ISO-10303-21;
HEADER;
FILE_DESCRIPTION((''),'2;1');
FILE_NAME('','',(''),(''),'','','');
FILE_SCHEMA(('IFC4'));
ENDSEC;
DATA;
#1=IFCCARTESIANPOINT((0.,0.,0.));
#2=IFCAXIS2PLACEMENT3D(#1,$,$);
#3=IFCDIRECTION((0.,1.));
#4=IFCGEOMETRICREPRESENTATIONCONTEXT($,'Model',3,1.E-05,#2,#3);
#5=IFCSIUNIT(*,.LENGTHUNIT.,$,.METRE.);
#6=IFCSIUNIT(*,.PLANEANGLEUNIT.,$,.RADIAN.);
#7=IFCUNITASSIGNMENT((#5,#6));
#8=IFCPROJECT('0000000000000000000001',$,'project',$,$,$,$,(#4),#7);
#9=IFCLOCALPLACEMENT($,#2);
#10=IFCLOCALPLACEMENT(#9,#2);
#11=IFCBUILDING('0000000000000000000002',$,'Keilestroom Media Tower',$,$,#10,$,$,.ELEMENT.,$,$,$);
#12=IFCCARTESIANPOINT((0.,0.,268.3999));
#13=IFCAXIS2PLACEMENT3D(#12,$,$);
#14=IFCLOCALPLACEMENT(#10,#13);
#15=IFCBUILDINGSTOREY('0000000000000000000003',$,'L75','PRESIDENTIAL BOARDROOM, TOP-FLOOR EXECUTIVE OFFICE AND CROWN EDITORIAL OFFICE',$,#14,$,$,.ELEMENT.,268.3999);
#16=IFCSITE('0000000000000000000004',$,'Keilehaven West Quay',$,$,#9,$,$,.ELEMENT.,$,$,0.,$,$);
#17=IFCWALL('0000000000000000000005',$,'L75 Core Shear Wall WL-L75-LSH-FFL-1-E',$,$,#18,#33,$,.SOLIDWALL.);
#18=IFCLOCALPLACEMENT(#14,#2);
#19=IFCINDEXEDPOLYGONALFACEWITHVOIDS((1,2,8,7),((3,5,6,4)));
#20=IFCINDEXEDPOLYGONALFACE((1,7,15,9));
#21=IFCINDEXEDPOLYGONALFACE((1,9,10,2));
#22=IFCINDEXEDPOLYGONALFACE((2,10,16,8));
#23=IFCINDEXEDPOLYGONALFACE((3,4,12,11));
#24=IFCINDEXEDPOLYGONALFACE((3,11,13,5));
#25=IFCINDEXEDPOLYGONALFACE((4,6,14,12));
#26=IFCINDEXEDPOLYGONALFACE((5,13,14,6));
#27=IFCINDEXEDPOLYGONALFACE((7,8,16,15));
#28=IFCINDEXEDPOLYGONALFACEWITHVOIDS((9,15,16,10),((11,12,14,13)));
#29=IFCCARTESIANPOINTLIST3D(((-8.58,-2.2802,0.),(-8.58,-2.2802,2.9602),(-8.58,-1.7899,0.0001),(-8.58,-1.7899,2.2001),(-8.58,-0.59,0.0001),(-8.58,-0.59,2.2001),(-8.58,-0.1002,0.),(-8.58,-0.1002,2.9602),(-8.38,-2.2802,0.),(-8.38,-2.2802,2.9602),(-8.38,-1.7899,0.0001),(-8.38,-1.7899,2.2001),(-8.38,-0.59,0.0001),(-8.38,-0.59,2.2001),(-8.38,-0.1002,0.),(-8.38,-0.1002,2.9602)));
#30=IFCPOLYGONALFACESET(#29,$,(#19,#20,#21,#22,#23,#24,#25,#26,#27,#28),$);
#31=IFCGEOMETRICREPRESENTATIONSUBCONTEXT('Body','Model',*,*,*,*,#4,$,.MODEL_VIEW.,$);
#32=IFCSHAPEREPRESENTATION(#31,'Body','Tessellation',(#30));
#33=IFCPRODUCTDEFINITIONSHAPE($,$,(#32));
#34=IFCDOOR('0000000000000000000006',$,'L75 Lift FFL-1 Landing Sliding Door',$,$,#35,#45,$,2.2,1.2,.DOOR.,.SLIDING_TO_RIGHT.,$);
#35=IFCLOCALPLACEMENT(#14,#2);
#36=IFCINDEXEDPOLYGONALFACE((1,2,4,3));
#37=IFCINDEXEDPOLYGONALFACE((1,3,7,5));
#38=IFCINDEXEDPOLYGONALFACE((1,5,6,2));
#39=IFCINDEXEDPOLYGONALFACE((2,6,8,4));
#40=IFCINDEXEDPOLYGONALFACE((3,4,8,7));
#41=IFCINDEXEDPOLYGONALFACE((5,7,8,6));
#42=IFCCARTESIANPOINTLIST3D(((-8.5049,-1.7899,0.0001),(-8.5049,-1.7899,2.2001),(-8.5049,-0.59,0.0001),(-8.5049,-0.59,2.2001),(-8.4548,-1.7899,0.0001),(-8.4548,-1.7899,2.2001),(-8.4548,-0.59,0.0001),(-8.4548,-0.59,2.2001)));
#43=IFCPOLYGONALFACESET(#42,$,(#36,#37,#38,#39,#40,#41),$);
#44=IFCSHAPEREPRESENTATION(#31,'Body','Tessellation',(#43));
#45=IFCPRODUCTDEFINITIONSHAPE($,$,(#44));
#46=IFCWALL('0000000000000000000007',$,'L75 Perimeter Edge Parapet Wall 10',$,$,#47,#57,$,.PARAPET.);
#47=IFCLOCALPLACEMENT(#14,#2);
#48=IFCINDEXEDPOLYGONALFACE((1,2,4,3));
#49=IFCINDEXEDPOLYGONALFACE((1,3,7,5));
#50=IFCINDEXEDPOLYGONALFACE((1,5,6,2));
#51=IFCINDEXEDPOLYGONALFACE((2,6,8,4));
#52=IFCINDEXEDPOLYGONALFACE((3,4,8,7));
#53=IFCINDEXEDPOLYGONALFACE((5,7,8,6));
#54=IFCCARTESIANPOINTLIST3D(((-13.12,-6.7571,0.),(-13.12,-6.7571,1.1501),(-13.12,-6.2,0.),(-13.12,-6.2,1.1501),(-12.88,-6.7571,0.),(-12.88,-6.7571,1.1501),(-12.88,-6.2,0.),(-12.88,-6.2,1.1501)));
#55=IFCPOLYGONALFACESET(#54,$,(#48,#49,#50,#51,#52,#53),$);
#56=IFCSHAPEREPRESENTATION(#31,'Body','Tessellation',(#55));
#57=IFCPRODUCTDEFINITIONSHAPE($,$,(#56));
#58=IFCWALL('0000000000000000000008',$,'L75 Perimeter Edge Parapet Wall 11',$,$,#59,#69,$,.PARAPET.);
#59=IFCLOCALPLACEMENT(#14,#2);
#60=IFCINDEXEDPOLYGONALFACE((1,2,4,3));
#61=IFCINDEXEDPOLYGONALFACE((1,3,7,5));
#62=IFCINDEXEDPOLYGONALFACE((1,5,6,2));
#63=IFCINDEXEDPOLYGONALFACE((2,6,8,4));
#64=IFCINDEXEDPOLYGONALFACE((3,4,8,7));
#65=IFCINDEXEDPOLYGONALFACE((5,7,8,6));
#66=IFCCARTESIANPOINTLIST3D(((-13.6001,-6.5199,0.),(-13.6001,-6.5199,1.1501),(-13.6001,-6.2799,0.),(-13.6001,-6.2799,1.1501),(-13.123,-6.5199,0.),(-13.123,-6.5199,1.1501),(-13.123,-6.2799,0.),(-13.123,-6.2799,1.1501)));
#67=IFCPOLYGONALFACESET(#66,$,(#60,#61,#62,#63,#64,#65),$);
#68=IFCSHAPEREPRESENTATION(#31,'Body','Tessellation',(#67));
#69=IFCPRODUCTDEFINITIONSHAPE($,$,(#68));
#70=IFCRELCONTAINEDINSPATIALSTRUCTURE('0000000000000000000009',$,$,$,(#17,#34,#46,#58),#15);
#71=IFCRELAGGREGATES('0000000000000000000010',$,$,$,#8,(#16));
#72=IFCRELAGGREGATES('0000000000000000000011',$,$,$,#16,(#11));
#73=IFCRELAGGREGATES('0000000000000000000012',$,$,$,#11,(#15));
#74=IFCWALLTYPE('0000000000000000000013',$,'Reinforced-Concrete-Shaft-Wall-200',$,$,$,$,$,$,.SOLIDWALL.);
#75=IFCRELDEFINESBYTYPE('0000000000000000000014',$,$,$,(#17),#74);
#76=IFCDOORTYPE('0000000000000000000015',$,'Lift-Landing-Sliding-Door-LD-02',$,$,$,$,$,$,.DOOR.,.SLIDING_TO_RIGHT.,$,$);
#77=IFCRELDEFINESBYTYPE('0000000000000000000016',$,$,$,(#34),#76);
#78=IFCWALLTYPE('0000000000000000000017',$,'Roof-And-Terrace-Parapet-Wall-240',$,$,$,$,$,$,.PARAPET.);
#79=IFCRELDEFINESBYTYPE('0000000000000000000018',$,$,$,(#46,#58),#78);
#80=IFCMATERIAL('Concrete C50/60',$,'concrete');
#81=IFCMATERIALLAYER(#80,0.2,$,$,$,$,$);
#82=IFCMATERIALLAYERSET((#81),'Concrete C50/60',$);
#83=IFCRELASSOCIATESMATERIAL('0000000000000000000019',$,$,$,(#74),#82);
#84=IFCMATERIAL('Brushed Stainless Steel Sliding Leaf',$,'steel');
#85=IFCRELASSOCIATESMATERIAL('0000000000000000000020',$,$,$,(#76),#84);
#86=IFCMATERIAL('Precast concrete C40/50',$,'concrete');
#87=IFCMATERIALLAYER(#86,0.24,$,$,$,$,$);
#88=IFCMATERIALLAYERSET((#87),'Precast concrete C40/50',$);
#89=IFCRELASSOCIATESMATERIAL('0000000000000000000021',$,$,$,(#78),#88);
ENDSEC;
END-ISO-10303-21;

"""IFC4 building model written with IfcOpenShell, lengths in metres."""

from ifc_helpers import new_model, si_unit, direction, frame, frame_2d, origin, place, context, subcontext, project, spatial, rectangle, extrude, source, transform, mapped, material, layer, layer_set, type_object, element, fill, save


model = new_model("IFC4")

# Units and contexts
model_context = context("Model", 3, precision=1e-05, world=origin(), true_north=direction((0.0, 1.0)))
body_context = subcontext(model_context, "Body", "Model", "MODEL_VIEW")
ifc_project = project(units=[si_unit("LENGTHUNIT", "METRE"), si_unit("PLANEANGLEUNIT", "RADIAN")], contexts=[model_context])

# Site, building, storey
site_placement = place(None, origin())
site = spatial("IfcSite", under=ifc_project, at=site_placement, Name="Keilehaven West Quay", CompositionType="ELEMENT", RefElevation=0.0)
building_placement = place(site_placement, origin())
building = spatial("IfcBuilding", under=site, at=building_placement, Name="Keilestroom Media Tower", CompositionType="ELEMENT")
storey_placement = place(building_placement, frame((0.0, 0.0, 268.3999)))
storey = spatial("IfcBuildingStorey", under=building, at=storey_placement, Name="L75", Description="PRESIDENTIAL BOARDROOM, TOP-FLOOR EXECUTIVE OFFICE AND CROWN EDITORIAL OFFICE", CompositionType="ELEMENT", Elevation=268.3999)

# Shared definitions
ifc_material_1 = material(Name="Concrete C50/60", Category="concrete")
shared_shape_1 = source(origin(), body_context, "Body", "SweptSolid", [
    extrude(rectangle(XDim=1.2, YDim=2.2, at=frame_2d((0.6001, 1.1001))), frame((0.0, 0.0249, 0.0), z_axis=(0.0, -1.0, 0.0), x_axis=(1.0, 0.0, 0.0)), (0.0, 0.0, 1.0), 0.05),
])

# Shared definitions
ifc_layer_1 = layer(ifc_material_1, 0.2)
ifc_layer_set_1 = layer_set([ifc_layer_1], Name="Concrete C50/60")
wall_type_1 = type_object("IfcWallType", Name="Reinforced-Concrete-Shaft-Wall-200", PredefinedType="SOLIDWALL", material=ifc_layer_set_1)

# Wall, opening, door
wall_1_placement = place(storey_placement, frame((-8.48, -2.28, 0.0), z_axis=(0.0, 0.0, 1.0), x_axis=(0.0, 1.0, 0.0)))
wall_1 = element("IfcWall", 1, at=wall_1_placement, inside=storey, type_object=wall_type_1, Name="L75 Core Shear Wall WL-L75-LSH-FFL-1-E", PredefinedType="SOLIDWALL", context=body_context, shape_type="SweptSolid", body=[
    extrude(rectangle(XDim=2.1799, YDim=0.2, at=frame_2d((1.0898, 0.0))), origin(), (0.0, 0.0, 1.0), 2.9602),
])
opening_1_placement = place(wall_1_placement, frame((0.49, 0.0, 0.0)))
opening_1 = element("IfcOpeningElement", 2, at=opening_1_placement, cuts=wall_1, PredefinedType="OPENING", context=body_context, shape_type="SweptSolid", body=[
    extrude(rectangle(XDim=1.2, YDim=2.2, at=frame_2d((0.6001, 1.1001))), frame((0.0, 0.1099, 0.0), z_axis=(0.0, -1.0, 0.0), x_axis=(1.0, 0.0, 0.0)), (0.0, 0.0, 1.0), 0.22),
])
ifc_material_2 = material(Name="Brushed Stainless Steel Sliding Leaf", Category="steel")
door_type_1 = type_object("IfcDoorType", Name="Lift-Landing-Sliding-Door-LD-02", OperationType="SLIDING_TO_RIGHT", PredefinedType="DOOR", material=ifc_material_2)
door_1_placement = place(opening_1_placement, origin())
door_1 = element("IfcDoor", 3, at=door_1_placement, inside=storey, type_object=door_type_1, Name="L75 Lift FFL-1 Landing Sliding Door", OperationType="SLIDING_TO_RIGHT", OverallHeight=2.2, OverallWidth=1.2, PredefinedType="DOOR", context=body_context, shape_type="MappedRepresentation", body=[
    mapped(shared_shape_1, transform((0.0, 0.0, 0.0), x_axis=(1.0, 0.0, 0.0), y_axis=(0.0, 1.0, 0.0), z_axis=(0.0, 0.0, 1.0), scale=1.0)),
])
fill(opening_1, door_1)

# Walls
ifc_material_3 = material(Name="Precast concrete C40/50", Category="concrete")
ifc_layer_2 = layer(ifc_material_3, 0.24)
ifc_layer_set_2 = layer_set([ifc_layer_2], Name="Precast concrete C40/50")
wall_type_2 = type_object("IfcWallType", Name="Roof-And-Terrace-Parapet-Wall-240", PredefinedType="PARAPET", material=ifc_layer_set_2)
wall_2_placement = place(storey_placement, frame((-13.0, -6.7571, 0.0), z_axis=(0.0, 0.0, 1.0), x_axis=(0.0, 1.0, 0.0)))
element("IfcWall", 4, at=wall_2_placement, inside=storey, type_object=wall_type_2, Name="L75 Perimeter Edge Parapet Wall 10", PredefinedType="PARAPET", context=body_context, shape_type="SweptSolid", body=[
    extrude(rectangle(XDim=0.5571, YDim=0.24, at=frame_2d((0.2786, 0.0))), origin(), (0.0, 0.0, 1.0), 1.1501),
])
wall_3_placement = place(storey_placement, frame((-13.123, -6.3999, 0.0), z_axis=(0.0, 0.0, 1.0), x_axis=(-1.0, 0.0, 0.0)))
element("IfcWall", 5, at=wall_3_placement, inside=storey, type_object=wall_type_2, Name="L75 Perimeter Edge Parapet Wall 11", PredefinedType="PARAPET", context=body_context, shape_type="SweptSolid", body=[
    extrude(rectangle(XDim=0.4771, YDim=0.24, at=frame_2d((0.2385, 0.0))), origin(), (0.0, 0.0, 1.0), 1.1501),
])

save(model, "model.ifc")
